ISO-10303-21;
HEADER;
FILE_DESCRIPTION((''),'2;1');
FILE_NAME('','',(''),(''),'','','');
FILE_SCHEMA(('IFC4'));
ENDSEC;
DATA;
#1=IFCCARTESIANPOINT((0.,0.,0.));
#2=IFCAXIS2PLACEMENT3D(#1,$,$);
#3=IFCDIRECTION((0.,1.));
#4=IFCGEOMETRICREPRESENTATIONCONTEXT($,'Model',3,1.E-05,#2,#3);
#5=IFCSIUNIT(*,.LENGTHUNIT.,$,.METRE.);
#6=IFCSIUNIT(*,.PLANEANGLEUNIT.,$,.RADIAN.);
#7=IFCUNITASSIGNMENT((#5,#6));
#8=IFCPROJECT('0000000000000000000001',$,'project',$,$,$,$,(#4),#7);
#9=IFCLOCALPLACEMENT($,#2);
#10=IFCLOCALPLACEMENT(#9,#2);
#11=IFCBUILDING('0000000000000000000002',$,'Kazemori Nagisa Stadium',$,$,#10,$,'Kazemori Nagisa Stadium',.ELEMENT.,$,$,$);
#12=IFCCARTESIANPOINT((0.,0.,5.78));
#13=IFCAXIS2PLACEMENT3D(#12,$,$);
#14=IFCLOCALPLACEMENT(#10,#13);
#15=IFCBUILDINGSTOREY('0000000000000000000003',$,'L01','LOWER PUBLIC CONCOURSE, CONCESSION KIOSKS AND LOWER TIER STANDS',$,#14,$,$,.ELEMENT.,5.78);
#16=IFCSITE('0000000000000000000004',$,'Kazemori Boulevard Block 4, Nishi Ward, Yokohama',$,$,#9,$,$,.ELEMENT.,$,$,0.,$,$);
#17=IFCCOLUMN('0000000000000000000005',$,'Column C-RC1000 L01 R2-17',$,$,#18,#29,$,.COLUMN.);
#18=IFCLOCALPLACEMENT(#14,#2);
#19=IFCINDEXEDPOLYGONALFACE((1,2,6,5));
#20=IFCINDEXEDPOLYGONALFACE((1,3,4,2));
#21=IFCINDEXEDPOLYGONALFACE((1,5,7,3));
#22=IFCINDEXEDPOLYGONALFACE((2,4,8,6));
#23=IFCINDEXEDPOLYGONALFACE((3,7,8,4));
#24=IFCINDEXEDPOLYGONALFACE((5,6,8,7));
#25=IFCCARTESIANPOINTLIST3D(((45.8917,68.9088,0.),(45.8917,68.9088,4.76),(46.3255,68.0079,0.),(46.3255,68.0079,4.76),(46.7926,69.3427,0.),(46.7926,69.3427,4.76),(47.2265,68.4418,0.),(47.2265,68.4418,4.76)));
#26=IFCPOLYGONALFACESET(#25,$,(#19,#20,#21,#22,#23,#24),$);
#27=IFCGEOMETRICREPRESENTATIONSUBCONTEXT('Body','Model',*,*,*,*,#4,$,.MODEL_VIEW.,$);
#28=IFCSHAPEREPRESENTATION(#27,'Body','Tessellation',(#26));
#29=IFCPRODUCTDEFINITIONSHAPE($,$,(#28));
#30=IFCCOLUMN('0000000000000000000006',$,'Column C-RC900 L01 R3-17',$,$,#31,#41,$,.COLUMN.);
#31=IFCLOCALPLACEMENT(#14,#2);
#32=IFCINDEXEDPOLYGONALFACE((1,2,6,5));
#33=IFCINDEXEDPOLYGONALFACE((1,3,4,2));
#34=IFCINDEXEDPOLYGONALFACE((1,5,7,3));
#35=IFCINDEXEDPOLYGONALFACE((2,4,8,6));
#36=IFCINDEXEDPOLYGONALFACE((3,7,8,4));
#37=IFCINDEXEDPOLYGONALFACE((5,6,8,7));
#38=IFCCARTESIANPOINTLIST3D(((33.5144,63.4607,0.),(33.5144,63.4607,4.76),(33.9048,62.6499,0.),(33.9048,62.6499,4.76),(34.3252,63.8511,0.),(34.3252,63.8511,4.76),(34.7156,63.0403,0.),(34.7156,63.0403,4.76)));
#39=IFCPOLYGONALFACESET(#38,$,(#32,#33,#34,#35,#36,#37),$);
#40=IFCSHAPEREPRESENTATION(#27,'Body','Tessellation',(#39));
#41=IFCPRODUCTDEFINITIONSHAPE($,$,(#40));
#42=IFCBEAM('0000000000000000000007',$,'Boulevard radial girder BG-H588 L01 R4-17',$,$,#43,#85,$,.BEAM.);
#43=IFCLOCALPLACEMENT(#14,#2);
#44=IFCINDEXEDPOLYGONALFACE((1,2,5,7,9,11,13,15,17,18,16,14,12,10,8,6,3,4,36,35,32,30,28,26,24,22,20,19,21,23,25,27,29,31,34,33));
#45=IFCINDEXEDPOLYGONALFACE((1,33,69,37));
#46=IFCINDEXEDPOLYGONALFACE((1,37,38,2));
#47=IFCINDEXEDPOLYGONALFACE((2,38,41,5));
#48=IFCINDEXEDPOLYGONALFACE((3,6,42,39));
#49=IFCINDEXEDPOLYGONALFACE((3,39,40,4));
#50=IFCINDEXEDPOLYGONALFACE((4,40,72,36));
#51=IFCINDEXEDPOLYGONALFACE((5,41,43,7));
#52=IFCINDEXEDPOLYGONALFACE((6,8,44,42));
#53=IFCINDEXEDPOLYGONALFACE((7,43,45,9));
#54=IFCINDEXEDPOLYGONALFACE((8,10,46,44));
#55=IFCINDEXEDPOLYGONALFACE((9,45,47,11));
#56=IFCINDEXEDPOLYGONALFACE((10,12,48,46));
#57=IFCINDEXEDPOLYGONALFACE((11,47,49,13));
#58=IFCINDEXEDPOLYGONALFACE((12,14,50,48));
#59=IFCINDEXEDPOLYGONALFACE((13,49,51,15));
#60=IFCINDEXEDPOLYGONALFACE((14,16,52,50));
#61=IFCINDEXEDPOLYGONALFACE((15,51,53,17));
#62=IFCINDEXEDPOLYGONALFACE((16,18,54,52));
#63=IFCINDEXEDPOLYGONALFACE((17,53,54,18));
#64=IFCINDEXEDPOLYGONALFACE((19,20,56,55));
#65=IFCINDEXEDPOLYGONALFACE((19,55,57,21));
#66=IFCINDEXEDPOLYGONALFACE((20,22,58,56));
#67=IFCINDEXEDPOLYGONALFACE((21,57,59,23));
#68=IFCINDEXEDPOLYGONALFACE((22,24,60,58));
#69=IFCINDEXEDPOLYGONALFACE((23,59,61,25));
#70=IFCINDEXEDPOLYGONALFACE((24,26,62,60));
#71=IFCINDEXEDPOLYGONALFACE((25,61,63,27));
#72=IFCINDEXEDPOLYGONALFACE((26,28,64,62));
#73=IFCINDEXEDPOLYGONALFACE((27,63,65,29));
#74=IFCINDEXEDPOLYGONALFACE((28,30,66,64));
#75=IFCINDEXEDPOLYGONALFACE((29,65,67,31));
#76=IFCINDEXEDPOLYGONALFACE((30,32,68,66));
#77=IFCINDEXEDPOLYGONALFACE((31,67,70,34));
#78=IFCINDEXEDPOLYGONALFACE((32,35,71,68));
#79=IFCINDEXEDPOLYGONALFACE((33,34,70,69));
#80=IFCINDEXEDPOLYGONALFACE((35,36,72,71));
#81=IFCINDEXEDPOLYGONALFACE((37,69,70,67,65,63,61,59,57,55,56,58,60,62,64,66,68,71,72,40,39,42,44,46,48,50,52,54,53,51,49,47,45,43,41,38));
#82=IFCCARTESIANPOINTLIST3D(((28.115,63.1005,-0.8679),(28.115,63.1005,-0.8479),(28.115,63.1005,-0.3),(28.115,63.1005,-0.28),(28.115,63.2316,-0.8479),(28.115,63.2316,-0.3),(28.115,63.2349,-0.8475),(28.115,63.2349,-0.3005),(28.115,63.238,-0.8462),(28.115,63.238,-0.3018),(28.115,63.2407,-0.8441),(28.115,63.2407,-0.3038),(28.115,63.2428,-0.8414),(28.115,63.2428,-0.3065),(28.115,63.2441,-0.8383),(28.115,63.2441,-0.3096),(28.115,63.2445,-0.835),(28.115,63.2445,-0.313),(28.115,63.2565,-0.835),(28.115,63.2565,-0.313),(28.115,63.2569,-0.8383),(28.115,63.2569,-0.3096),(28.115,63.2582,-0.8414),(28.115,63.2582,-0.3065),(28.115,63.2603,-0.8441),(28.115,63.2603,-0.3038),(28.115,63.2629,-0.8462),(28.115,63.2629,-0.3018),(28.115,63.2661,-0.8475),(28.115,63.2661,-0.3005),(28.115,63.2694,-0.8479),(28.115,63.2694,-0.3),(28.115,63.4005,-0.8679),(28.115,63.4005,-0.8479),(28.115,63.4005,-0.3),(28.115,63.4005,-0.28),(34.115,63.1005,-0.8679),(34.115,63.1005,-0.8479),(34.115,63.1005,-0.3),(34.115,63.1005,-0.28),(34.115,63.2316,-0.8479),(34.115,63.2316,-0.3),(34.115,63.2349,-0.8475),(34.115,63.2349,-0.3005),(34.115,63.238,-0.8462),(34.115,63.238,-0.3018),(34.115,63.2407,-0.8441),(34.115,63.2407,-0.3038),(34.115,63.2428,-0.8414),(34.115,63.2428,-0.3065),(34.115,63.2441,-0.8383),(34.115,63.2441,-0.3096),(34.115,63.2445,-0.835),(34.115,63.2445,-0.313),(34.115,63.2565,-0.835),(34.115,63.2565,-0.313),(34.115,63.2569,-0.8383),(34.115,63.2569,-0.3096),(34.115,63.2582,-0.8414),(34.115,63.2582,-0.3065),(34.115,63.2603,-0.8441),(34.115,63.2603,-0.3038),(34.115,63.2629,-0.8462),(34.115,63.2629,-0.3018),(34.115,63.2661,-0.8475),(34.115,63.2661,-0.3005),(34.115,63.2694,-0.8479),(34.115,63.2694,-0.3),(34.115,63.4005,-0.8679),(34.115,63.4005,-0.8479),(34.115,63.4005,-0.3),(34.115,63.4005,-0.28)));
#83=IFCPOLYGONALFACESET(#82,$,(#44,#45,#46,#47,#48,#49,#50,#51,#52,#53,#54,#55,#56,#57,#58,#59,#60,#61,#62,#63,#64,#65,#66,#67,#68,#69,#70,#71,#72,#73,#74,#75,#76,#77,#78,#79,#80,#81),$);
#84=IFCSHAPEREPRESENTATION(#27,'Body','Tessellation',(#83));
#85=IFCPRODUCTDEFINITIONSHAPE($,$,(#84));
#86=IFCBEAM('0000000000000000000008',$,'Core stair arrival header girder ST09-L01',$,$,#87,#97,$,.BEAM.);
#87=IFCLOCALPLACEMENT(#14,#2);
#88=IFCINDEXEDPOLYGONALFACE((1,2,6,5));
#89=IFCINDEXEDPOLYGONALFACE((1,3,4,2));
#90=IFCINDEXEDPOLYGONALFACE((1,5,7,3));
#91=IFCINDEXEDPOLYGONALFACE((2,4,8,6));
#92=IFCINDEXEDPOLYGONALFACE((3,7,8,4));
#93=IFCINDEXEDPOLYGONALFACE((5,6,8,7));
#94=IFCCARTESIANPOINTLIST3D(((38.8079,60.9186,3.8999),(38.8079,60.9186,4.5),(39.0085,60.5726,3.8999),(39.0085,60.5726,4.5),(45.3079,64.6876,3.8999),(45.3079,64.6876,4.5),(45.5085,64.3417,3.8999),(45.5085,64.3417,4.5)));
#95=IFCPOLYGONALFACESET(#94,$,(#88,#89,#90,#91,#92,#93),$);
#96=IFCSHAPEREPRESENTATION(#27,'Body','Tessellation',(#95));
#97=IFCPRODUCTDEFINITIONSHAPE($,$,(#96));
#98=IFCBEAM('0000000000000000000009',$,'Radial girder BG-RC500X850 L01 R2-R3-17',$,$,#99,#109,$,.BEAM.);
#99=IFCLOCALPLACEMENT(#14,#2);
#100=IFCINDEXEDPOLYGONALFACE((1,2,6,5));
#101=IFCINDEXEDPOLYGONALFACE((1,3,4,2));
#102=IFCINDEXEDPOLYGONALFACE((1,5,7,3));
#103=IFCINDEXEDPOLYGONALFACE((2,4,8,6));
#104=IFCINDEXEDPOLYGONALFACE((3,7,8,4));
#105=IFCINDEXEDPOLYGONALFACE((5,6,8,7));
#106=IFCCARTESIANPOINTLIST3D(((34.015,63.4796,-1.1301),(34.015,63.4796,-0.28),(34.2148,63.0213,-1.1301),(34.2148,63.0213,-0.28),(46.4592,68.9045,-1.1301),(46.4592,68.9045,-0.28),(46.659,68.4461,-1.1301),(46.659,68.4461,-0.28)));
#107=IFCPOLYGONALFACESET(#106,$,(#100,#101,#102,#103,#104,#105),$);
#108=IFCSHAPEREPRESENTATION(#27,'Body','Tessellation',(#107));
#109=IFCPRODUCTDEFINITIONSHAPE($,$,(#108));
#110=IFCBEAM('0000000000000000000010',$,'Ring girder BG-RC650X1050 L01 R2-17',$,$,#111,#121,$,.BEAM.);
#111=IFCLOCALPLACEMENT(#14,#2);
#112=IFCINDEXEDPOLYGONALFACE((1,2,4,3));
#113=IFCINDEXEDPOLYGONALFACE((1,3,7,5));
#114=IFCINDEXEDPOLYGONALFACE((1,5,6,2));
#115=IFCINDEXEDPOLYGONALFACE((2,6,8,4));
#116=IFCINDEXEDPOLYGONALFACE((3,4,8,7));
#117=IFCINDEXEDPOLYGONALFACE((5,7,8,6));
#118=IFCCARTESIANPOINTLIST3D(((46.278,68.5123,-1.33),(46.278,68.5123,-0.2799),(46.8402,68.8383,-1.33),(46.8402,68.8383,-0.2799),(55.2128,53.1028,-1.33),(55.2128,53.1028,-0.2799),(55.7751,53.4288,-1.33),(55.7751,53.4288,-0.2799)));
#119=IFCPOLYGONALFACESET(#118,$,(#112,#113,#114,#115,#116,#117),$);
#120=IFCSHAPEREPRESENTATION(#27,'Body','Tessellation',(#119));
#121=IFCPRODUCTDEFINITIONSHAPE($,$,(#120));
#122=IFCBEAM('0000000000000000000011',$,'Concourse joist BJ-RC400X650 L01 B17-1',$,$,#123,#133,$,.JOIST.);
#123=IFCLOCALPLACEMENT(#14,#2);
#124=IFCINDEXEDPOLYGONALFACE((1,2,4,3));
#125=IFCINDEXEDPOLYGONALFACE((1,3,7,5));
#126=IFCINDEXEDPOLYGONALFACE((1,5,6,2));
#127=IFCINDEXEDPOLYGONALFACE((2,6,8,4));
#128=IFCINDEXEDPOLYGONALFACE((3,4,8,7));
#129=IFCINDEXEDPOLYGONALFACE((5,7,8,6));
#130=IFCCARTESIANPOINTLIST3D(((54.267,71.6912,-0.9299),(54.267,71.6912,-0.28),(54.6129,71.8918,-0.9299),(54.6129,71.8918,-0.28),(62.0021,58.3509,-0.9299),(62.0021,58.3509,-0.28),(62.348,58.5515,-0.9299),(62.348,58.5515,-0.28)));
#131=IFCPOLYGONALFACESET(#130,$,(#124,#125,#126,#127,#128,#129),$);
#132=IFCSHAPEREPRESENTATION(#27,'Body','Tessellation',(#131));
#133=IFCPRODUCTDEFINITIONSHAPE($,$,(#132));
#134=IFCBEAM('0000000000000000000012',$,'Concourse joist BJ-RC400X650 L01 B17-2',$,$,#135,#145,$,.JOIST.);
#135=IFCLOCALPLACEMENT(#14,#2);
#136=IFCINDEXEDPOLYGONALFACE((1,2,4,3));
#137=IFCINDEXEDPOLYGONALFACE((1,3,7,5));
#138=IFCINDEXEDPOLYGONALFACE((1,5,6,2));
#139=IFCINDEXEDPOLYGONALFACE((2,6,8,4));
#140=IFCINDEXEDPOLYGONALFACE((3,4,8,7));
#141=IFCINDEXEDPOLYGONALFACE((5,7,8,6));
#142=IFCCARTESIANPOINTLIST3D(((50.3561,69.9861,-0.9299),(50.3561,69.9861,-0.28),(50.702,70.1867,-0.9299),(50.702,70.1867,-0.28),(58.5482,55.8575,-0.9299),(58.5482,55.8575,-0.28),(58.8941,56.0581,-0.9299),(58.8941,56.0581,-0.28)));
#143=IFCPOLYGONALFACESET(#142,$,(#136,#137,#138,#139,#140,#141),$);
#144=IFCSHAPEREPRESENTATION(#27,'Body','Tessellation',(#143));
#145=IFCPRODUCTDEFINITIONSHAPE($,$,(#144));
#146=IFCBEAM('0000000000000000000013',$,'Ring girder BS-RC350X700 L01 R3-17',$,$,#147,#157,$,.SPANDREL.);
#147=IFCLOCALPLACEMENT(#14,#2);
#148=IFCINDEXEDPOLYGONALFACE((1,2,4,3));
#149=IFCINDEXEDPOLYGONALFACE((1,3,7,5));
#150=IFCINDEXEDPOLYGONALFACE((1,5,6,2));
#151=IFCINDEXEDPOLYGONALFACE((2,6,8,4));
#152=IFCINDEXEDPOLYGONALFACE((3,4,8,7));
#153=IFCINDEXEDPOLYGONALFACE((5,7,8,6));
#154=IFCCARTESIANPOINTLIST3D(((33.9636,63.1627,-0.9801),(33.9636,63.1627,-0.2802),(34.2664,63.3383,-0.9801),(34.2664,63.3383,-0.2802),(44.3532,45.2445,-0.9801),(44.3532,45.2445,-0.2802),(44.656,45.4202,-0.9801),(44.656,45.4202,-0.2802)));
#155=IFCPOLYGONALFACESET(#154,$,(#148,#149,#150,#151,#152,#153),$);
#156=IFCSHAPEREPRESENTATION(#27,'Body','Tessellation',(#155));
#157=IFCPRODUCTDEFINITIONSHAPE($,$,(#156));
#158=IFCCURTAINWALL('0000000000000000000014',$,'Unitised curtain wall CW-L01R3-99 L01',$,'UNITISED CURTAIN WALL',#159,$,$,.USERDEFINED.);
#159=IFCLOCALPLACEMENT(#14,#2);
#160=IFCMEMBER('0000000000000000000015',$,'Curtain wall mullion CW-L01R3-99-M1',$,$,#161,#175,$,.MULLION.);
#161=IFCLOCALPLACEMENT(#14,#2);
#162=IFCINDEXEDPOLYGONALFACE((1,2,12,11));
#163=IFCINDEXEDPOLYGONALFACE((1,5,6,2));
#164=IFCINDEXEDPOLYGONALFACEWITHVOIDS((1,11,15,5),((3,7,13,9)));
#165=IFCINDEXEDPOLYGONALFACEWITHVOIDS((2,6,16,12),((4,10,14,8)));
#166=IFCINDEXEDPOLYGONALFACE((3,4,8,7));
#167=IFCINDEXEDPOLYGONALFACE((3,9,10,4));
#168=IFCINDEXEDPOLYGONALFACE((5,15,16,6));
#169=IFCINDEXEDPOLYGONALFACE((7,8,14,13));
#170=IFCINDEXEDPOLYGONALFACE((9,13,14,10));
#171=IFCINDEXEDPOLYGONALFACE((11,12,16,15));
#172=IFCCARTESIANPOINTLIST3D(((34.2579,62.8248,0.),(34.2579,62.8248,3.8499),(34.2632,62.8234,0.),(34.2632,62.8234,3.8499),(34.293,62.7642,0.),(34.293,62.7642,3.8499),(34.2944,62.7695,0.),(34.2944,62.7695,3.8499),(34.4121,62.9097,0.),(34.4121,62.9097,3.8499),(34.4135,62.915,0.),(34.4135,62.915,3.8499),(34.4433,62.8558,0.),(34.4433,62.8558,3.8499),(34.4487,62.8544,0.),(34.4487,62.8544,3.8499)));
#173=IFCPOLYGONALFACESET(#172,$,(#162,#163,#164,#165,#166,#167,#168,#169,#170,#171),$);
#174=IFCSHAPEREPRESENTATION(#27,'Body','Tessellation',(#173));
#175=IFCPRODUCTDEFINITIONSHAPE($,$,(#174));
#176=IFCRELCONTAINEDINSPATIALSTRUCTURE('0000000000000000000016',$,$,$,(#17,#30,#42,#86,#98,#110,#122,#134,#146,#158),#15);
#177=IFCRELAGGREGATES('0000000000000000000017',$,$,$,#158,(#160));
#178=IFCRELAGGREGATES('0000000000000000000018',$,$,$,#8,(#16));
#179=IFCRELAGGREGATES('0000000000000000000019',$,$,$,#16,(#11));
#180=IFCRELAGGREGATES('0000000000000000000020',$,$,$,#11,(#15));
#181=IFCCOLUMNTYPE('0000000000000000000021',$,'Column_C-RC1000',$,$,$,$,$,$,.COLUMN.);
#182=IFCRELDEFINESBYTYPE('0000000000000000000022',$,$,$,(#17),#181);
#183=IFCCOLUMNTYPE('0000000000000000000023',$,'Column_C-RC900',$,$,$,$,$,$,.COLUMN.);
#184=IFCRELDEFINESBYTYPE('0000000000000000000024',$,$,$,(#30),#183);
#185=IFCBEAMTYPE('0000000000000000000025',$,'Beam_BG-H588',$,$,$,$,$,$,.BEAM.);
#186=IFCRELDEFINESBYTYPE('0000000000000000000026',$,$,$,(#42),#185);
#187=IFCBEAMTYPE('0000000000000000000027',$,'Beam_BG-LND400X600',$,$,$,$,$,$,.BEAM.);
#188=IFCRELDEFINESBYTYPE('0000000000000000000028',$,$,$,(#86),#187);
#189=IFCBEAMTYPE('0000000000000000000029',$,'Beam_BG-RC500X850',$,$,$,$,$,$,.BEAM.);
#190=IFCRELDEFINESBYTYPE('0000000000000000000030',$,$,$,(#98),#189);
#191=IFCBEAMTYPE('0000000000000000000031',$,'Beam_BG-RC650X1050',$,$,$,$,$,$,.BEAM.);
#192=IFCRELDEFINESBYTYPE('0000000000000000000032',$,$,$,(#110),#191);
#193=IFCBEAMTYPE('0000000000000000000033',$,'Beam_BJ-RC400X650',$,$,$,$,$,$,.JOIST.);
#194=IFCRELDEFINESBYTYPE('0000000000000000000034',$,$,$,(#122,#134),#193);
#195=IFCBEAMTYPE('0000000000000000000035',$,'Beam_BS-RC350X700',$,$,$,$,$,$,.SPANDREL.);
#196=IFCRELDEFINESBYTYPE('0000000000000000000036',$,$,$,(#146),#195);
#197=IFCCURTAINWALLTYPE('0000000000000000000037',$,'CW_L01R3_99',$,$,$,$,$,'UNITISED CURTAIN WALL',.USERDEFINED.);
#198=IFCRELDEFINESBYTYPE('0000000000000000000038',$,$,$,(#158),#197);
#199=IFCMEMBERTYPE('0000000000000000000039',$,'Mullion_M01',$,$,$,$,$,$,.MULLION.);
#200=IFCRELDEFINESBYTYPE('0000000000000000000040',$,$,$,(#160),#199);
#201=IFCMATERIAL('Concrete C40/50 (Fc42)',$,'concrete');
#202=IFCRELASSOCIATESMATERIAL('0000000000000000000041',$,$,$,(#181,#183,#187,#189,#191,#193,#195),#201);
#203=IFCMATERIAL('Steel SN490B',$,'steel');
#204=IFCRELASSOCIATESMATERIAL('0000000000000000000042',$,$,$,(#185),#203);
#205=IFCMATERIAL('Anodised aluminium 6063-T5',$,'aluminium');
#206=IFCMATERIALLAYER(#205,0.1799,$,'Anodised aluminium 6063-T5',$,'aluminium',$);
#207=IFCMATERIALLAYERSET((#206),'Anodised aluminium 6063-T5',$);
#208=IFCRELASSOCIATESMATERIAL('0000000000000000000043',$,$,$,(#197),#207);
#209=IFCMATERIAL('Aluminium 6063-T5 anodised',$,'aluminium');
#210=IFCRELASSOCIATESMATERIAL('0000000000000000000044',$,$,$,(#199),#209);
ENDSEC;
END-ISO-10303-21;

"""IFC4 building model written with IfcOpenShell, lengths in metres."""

from ifc_helpers import new_model, si_unit, direction, frame, origin, origin_2d, place, context, subcontext, project, spatial, rectangle, hollow_rectangle, i_section, extrude, material, layer, layer_set, material_profile, profile_set, type_object, element, aggregate, save


model = new_model("IFC4")

# Units and contexts
model_context = context("Model", 3, precision=1e-05, world=origin(), true_north=direction((0.0, 1.0)))
body_context = subcontext(model_context, "Body", "Model", "MODEL_VIEW")
ifc_project = project(units=[si_unit("LENGTHUNIT", "METRE"), si_unit("PLANEANGLEUNIT", "RADIAN")], contexts=[model_context])

# Site, building, storey
site_placement = place(None, origin())
site = spatial("IfcSite", under=ifc_project, at=site_placement, Name="Kazemori Boulevard Block 4, Nishi Ward, Yokohama", CompositionType="ELEMENT", RefElevation=0.0)
building_placement = place(site_placement, origin())
building = spatial("IfcBuilding", under=site, at=building_placement, Name="Kazemori Nagisa Stadium", LongName="Kazemori Nagisa Stadium", CompositionType="ELEMENT")
storey_placement = place(building_placement, frame((0.0, 0.0, 5.78)))
storey = spatial("IfcBuildingStorey", under=building, at=storey_placement, Name="L01", Description="LOWER PUBLIC CONCOURSE, CONCESSION KIOSKS AND LOWER TIER STANDS", CompositionType="ELEMENT", Elevation=5.78)

# Columns
ifc_material_1 = material(Name="Concrete C40/50 (Fc42)", Category="concrete")
ifc_material_profile_1 = material_profile(ifc_material_1, rectangle(XDim=1.0, YDim=1.0, at=origin_2d()), Name="RC-COL-1000x1000")
ifc_profile_set_1 = profile_set([ifc_material_profile_1], Name="Concrete C40/50 (Fc42)")
column_type_1 = type_object("IfcColumnType", Name="Column_C-RC1000", PredefinedType="COLUMN", material=ifc_profile_set_1)
column_1_placement = place(storey_placement, frame((46.5591, 68.6753, 0.0), z_axis=(0.0, 0.0, 1.0), x_axis=(-0.900969, -0.433884, 0.0)))
element("IfcColumn", 1, at=column_1_placement, inside=storey, type_object=column_type_1, Name="Column C-RC1000 L01 R2-17", PredefinedType="COLUMN", context=body_context, shape_type="SweptSolid", body=[
    extrude(rectangle(XDim=1.0, YDim=1.0, at=origin_2d()), origin(), (0.0, 0.0, 1.0), 4.76),
])
ifc_material_profile_2 = material_profile(ifc_material_1, rectangle(XDim=0.8999, YDim=0.8999, at=origin_2d()), Name="RC-COL-900x900")
ifc_profile_set_2 = profile_set([ifc_material_profile_2], Name="Concrete C40/50 (Fc42)")
column_type_2 = type_object("IfcColumnType", Name="Column_C-RC900", PredefinedType="COLUMN", material=ifc_profile_set_2)
column_2_placement = place(storey_placement, frame((34.115, 63.2505, 0.0), z_axis=(0.0, 0.0, 1.0), x_axis=(-0.900969, -0.433884, 0.0)))
element("IfcColumn", 2, at=column_2_placement, inside=storey, type_object=column_type_2, Name="Column C-RC900 L01 R3-17", PredefinedType="COLUMN", context=body_context, shape_type="SweptSolid", body=[
    extrude(rectangle(XDim=0.8999, YDim=0.8999, at=origin_2d()), origin(), (0.0, 0.0, 1.0), 4.76),
])

# Beams
ifc_material_2 = material(Name="Steel SN490B", Category="steel")
ifc_material_profile_3 = material_profile(ifc_material_2, i_section(OverallWidth=0.3, OverallDepth=0.5879, WebThickness=0.012, FlangeThickness=0.02, FilletRadius=0.0129, at=origin_2d()), Name="H-588x300x12x20")
ifc_profile_set_3 = profile_set([ifc_material_profile_3], Name="Steel SN490B")
beam_type_1 = type_object("IfcBeamType", Name="Beam_BG-H588", PredefinedType="BEAM", material=ifc_profile_set_3)
beam_1_placement = place(storey_placement, frame((34.115, 63.2505, -0.574), z_axis=(-1.0, 0.0, 0.0), x_axis=(0.0, -1.0, 0.0)))
element("IfcBeam", 3, at=beam_1_placement, inside=storey, type_object=beam_type_1, Name="Boulevard radial girder BG-H588 L01 R4-17", PredefinedType="BEAM", context=body_context, shape_type="SweptSolid", body=[
    extrude(i_section(OverallWidth=0.3, OverallDepth=0.5879, WebThickness=0.012, FlangeThickness=0.02, FilletRadius=0.0129, at=origin_2d()), origin(), (0.0, 0.0, 1.0), 6.0),
])
ifc_material_profile_4 = material_profile(ifc_material_1, rectangle(XDim=0.3999, YDim=0.6001, at=origin_2d()), Name="RC-BM-400x600")
ifc_profile_set_4 = profile_set([ifc_material_profile_4], Name="Concrete C40/50 (Fc42)")
beam_type_2 = type_object("IfcBeamType", Name="Beam_BG-LND400X600", PredefinedType="BEAM", material=ifc_profile_set_4)
beam_2_placement = place(storey_placement, frame((45.4082, 64.5146, 4.2), z_axis=(-0.865086, -0.501623, 0.0), x_axis=(0.501623, -0.865086, 0.0)))
element("IfcBeam", 4, at=beam_2_placement, inside=storey, type_object=beam_type_2, Name="Core stair arrival header girder ST09-L01", PredefinedType="BEAM", context=body_context, shape_type="SweptSolid", body=[
    extrude(rectangle(XDim=0.3999, YDim=0.6001, at=origin_2d()), origin(), (0.0, 0.0, 1.0), 7.5137),
])
ifc_material_profile_5 = material_profile(ifc_material_1, rectangle(XDim=0.5, YDim=0.8501, at=origin_2d()), Name="RC-BM-500x850")
ifc_profile_set_5 = profile_set([ifc_material_profile_5], Name="Concrete C40/50 (Fc42)")
beam_type_3 = type_object("IfcBeamType", Name="Beam_BG-RC500X850", PredefinedType="BEAM", material=ifc_profile_set_5)
beam_3_placement = place(storey_placement, frame((46.5591, 68.6753, -0.7051), z_axis=(-0.916684, -0.399614, 0.0), x_axis=(0.399614, -0.916684, 0.0)))
element("IfcBeam", 5, at=beam_3_placement, inside=storey, type_object=beam_type_3, Name="Radial girder BG-RC500X850 L01 R2-R3-17", PredefinedType="BEAM", context=body_context, shape_type="SweptSolid", body=[
    extrude(rectangle(XDim=0.5, YDim=0.8501, at=origin_2d()), origin(), (0.0, 0.0, 1.0), 13.5752),
])
ifc_material_profile_6 = material_profile(ifc_material_1, rectangle(XDim=0.6499, YDim=1.05, at=origin_2d()), Name="RC-BM-650x1050")
ifc_profile_set_6 = profile_set([ifc_material_profile_6], Name="Concrete C40/50 (Fc42)")
beam_type_4 = type_object("IfcBeamType", Name="Beam_BG-RC650X1050", PredefinedType="BEAM", material=ifc_profile_set_6)
beam_4_placement = place(storey_placement, frame((46.5591, 68.6753, -0.8049), z_axis=(0.501607, -0.865096, 0.0), x_axis=(0.865096, 0.501607, 0.0)))
element("IfcBeam", 6, at=beam_4_placement, inside=storey, type_object=beam_type_4, Name="Ring girder BG-RC650X1050 L01 R2-17", PredefinedType="BEAM", context=body_context, shape_type="SweptSolid", body=[
    extrude(rectangle(XDim=0.6499, YDim=1.05, at=origin_2d()), origin(), (0.0, 0.0, 1.0), 17.8125),
])
ifc_material_profile_7 = material_profile(ifc_material_1, rectangle(XDim=0.3999, YDim=0.6499, at=origin_2d()), Name="RC-BM-400x650")
ifc_profile_set_7 = profile_set([ifc_material_profile_7], Name="Concrete C40/50 (Fc42)")
beam_type_5 = type_object("IfcBeamType", Name="Beam_BJ-RC400X650", PredefinedType="JOIST", material=ifc_profile_set_7)
beam_5_placement = place(storey_placement, frame((54.4399, 71.7915, -0.605), z_axis=(0.501607, -0.865095, 0.0), x_axis=(0.865095, 0.501607, 0.0)))
element("IfcBeam", 7, at=beam_5_placement, inside=storey, type_object=beam_type_5, Name="Concourse joist BJ-RC400X650 L01 B17-1", PredefinedType="JOIST", context=body_context, shape_type="SweptSolid", body=[
    extrude(rectangle(XDim=0.3999, YDim=0.6499, at=origin_2d()), origin(), (0.0, 0.0, 1.0), 15.4207),
])
beam_6_placement = place(storey_placement, frame((50.5291, 70.0864, -0.605), z_axis=(0.501604, -0.865097, 0.0), x_axis=(0.865097, 0.501604, 0.0)))
element("IfcBeam", 8, at=beam_6_placement, inside=storey, type_object=beam_type_5, Name="Concourse joist BJ-RC400X650 L01 B17-2", PredefinedType="JOIST", context=body_context, shape_type="SweptSolid", body=[
    extrude(rectangle(XDim=0.3999, YDim=0.6499, at=origin_2d()), origin(), (0.0, 0.0, 1.0), 16.3318),
])
ifc_material_profile_8 = material_profile(ifc_material_1, rectangle(XDim=0.3501, YDim=0.7, at=origin_2d()), Name="RC-SP-350x700")
ifc_profile_set_8 = profile_set([ifc_material_profile_8], Name="Concrete C40/50 (Fc42)")
beam_type_6 = type_object("IfcBeamType", Name="Beam_BS-RC350X700", PredefinedType="SPANDREL", material=ifc_profile_set_8)
beam_7_placement = place(storey_placement, frame((34.115, 63.2505, -0.6301), z_axis=(0.501613, -0.865092, 0.0), x_axis=(0.865092, 0.501613, 0.0)))
element("IfcBeam", 9, at=beam_7_placement, inside=storey, type_object=beam_type_6, Name="Ring girder BS-RC350X700 L01 R3-17", PredefinedType="SPANDREL", context=body_context, shape_type="SweptSolid", body=[
    extrude(rectangle(XDim=0.3501, YDim=0.7, at=origin_2d()), origin(), (0.0, 0.0, 1.0), 20.7124),
])

# Curtain wall, member
ifc_material_3 = material(Name="Anodised aluminium 6063-T5", Category="aluminium")
ifc_layer_1 = layer(ifc_material_3, 0.1799, Name="Anodised aluminium 6063-T5", Category="aluminium")
ifc_layer_set_1 = layer_set([ifc_layer_1], Name="Anodised aluminium 6063-T5")
curtain_wall_type = type_object("IfcCurtainWallType", Name="CW_L01R3_99", ElementType="UNITISED CURTAIN WALL", PredefinedType="USERDEFINED", material=ifc_layer_set_1)
curtain_wall_placement = place(storey_placement, origin())
curtain_wall = element("IfcCurtainWall", 10, at=curtain_wall_placement, inside=storey, type_object=curtain_wall_type, Name="Unitised curtain wall CW-L01R3-99 L01", ObjectType="UNITISED CURTAIN WALL", PredefinedType="USERDEFINED")
ifc_material_4 = material(Name="Aluminium 6063-T5 anodised", Category="aluminium")
ifc_material_profile_9 = material_profile(ifc_material_4, hollow_rectangle(XDim=0.0701, YDim=0.1799, WallThickness=0.0039, at=origin_2d()), Name="ALU-MULL-70x180x4")
ifc_profile_set_9 = profile_set([ifc_material_profile_9], Name="Aluminium 6063-T5 anodised")
member_type = type_object("IfcMemberType", Name="Mullion_M01", PredefinedType="MULLION", material=ifc_profile_set_9)
member_placement = place(storey_placement, frame((34.3533, 62.8396, 0.0), z_axis=(0.0, 0.0, 1.0), x_axis=(0.501612, -0.865093, 0.0)))
member = element("IfcMember", 11, at=member_placement, type_object=member_type, Name="Curtain wall mullion CW-L01R3-99-M1", PredefinedType="MULLION", context=body_context, shape_type="SweptSolid", body=[
    extrude(hollow_rectangle(XDim=0.0701, YDim=0.1799, WallThickness=0.0039, at=origin_2d()), origin(), (0.0, 0.0, 1.0), 3.8499),
])
aggregate(curtain_wall, [member])

save(model, "model.ifc")
